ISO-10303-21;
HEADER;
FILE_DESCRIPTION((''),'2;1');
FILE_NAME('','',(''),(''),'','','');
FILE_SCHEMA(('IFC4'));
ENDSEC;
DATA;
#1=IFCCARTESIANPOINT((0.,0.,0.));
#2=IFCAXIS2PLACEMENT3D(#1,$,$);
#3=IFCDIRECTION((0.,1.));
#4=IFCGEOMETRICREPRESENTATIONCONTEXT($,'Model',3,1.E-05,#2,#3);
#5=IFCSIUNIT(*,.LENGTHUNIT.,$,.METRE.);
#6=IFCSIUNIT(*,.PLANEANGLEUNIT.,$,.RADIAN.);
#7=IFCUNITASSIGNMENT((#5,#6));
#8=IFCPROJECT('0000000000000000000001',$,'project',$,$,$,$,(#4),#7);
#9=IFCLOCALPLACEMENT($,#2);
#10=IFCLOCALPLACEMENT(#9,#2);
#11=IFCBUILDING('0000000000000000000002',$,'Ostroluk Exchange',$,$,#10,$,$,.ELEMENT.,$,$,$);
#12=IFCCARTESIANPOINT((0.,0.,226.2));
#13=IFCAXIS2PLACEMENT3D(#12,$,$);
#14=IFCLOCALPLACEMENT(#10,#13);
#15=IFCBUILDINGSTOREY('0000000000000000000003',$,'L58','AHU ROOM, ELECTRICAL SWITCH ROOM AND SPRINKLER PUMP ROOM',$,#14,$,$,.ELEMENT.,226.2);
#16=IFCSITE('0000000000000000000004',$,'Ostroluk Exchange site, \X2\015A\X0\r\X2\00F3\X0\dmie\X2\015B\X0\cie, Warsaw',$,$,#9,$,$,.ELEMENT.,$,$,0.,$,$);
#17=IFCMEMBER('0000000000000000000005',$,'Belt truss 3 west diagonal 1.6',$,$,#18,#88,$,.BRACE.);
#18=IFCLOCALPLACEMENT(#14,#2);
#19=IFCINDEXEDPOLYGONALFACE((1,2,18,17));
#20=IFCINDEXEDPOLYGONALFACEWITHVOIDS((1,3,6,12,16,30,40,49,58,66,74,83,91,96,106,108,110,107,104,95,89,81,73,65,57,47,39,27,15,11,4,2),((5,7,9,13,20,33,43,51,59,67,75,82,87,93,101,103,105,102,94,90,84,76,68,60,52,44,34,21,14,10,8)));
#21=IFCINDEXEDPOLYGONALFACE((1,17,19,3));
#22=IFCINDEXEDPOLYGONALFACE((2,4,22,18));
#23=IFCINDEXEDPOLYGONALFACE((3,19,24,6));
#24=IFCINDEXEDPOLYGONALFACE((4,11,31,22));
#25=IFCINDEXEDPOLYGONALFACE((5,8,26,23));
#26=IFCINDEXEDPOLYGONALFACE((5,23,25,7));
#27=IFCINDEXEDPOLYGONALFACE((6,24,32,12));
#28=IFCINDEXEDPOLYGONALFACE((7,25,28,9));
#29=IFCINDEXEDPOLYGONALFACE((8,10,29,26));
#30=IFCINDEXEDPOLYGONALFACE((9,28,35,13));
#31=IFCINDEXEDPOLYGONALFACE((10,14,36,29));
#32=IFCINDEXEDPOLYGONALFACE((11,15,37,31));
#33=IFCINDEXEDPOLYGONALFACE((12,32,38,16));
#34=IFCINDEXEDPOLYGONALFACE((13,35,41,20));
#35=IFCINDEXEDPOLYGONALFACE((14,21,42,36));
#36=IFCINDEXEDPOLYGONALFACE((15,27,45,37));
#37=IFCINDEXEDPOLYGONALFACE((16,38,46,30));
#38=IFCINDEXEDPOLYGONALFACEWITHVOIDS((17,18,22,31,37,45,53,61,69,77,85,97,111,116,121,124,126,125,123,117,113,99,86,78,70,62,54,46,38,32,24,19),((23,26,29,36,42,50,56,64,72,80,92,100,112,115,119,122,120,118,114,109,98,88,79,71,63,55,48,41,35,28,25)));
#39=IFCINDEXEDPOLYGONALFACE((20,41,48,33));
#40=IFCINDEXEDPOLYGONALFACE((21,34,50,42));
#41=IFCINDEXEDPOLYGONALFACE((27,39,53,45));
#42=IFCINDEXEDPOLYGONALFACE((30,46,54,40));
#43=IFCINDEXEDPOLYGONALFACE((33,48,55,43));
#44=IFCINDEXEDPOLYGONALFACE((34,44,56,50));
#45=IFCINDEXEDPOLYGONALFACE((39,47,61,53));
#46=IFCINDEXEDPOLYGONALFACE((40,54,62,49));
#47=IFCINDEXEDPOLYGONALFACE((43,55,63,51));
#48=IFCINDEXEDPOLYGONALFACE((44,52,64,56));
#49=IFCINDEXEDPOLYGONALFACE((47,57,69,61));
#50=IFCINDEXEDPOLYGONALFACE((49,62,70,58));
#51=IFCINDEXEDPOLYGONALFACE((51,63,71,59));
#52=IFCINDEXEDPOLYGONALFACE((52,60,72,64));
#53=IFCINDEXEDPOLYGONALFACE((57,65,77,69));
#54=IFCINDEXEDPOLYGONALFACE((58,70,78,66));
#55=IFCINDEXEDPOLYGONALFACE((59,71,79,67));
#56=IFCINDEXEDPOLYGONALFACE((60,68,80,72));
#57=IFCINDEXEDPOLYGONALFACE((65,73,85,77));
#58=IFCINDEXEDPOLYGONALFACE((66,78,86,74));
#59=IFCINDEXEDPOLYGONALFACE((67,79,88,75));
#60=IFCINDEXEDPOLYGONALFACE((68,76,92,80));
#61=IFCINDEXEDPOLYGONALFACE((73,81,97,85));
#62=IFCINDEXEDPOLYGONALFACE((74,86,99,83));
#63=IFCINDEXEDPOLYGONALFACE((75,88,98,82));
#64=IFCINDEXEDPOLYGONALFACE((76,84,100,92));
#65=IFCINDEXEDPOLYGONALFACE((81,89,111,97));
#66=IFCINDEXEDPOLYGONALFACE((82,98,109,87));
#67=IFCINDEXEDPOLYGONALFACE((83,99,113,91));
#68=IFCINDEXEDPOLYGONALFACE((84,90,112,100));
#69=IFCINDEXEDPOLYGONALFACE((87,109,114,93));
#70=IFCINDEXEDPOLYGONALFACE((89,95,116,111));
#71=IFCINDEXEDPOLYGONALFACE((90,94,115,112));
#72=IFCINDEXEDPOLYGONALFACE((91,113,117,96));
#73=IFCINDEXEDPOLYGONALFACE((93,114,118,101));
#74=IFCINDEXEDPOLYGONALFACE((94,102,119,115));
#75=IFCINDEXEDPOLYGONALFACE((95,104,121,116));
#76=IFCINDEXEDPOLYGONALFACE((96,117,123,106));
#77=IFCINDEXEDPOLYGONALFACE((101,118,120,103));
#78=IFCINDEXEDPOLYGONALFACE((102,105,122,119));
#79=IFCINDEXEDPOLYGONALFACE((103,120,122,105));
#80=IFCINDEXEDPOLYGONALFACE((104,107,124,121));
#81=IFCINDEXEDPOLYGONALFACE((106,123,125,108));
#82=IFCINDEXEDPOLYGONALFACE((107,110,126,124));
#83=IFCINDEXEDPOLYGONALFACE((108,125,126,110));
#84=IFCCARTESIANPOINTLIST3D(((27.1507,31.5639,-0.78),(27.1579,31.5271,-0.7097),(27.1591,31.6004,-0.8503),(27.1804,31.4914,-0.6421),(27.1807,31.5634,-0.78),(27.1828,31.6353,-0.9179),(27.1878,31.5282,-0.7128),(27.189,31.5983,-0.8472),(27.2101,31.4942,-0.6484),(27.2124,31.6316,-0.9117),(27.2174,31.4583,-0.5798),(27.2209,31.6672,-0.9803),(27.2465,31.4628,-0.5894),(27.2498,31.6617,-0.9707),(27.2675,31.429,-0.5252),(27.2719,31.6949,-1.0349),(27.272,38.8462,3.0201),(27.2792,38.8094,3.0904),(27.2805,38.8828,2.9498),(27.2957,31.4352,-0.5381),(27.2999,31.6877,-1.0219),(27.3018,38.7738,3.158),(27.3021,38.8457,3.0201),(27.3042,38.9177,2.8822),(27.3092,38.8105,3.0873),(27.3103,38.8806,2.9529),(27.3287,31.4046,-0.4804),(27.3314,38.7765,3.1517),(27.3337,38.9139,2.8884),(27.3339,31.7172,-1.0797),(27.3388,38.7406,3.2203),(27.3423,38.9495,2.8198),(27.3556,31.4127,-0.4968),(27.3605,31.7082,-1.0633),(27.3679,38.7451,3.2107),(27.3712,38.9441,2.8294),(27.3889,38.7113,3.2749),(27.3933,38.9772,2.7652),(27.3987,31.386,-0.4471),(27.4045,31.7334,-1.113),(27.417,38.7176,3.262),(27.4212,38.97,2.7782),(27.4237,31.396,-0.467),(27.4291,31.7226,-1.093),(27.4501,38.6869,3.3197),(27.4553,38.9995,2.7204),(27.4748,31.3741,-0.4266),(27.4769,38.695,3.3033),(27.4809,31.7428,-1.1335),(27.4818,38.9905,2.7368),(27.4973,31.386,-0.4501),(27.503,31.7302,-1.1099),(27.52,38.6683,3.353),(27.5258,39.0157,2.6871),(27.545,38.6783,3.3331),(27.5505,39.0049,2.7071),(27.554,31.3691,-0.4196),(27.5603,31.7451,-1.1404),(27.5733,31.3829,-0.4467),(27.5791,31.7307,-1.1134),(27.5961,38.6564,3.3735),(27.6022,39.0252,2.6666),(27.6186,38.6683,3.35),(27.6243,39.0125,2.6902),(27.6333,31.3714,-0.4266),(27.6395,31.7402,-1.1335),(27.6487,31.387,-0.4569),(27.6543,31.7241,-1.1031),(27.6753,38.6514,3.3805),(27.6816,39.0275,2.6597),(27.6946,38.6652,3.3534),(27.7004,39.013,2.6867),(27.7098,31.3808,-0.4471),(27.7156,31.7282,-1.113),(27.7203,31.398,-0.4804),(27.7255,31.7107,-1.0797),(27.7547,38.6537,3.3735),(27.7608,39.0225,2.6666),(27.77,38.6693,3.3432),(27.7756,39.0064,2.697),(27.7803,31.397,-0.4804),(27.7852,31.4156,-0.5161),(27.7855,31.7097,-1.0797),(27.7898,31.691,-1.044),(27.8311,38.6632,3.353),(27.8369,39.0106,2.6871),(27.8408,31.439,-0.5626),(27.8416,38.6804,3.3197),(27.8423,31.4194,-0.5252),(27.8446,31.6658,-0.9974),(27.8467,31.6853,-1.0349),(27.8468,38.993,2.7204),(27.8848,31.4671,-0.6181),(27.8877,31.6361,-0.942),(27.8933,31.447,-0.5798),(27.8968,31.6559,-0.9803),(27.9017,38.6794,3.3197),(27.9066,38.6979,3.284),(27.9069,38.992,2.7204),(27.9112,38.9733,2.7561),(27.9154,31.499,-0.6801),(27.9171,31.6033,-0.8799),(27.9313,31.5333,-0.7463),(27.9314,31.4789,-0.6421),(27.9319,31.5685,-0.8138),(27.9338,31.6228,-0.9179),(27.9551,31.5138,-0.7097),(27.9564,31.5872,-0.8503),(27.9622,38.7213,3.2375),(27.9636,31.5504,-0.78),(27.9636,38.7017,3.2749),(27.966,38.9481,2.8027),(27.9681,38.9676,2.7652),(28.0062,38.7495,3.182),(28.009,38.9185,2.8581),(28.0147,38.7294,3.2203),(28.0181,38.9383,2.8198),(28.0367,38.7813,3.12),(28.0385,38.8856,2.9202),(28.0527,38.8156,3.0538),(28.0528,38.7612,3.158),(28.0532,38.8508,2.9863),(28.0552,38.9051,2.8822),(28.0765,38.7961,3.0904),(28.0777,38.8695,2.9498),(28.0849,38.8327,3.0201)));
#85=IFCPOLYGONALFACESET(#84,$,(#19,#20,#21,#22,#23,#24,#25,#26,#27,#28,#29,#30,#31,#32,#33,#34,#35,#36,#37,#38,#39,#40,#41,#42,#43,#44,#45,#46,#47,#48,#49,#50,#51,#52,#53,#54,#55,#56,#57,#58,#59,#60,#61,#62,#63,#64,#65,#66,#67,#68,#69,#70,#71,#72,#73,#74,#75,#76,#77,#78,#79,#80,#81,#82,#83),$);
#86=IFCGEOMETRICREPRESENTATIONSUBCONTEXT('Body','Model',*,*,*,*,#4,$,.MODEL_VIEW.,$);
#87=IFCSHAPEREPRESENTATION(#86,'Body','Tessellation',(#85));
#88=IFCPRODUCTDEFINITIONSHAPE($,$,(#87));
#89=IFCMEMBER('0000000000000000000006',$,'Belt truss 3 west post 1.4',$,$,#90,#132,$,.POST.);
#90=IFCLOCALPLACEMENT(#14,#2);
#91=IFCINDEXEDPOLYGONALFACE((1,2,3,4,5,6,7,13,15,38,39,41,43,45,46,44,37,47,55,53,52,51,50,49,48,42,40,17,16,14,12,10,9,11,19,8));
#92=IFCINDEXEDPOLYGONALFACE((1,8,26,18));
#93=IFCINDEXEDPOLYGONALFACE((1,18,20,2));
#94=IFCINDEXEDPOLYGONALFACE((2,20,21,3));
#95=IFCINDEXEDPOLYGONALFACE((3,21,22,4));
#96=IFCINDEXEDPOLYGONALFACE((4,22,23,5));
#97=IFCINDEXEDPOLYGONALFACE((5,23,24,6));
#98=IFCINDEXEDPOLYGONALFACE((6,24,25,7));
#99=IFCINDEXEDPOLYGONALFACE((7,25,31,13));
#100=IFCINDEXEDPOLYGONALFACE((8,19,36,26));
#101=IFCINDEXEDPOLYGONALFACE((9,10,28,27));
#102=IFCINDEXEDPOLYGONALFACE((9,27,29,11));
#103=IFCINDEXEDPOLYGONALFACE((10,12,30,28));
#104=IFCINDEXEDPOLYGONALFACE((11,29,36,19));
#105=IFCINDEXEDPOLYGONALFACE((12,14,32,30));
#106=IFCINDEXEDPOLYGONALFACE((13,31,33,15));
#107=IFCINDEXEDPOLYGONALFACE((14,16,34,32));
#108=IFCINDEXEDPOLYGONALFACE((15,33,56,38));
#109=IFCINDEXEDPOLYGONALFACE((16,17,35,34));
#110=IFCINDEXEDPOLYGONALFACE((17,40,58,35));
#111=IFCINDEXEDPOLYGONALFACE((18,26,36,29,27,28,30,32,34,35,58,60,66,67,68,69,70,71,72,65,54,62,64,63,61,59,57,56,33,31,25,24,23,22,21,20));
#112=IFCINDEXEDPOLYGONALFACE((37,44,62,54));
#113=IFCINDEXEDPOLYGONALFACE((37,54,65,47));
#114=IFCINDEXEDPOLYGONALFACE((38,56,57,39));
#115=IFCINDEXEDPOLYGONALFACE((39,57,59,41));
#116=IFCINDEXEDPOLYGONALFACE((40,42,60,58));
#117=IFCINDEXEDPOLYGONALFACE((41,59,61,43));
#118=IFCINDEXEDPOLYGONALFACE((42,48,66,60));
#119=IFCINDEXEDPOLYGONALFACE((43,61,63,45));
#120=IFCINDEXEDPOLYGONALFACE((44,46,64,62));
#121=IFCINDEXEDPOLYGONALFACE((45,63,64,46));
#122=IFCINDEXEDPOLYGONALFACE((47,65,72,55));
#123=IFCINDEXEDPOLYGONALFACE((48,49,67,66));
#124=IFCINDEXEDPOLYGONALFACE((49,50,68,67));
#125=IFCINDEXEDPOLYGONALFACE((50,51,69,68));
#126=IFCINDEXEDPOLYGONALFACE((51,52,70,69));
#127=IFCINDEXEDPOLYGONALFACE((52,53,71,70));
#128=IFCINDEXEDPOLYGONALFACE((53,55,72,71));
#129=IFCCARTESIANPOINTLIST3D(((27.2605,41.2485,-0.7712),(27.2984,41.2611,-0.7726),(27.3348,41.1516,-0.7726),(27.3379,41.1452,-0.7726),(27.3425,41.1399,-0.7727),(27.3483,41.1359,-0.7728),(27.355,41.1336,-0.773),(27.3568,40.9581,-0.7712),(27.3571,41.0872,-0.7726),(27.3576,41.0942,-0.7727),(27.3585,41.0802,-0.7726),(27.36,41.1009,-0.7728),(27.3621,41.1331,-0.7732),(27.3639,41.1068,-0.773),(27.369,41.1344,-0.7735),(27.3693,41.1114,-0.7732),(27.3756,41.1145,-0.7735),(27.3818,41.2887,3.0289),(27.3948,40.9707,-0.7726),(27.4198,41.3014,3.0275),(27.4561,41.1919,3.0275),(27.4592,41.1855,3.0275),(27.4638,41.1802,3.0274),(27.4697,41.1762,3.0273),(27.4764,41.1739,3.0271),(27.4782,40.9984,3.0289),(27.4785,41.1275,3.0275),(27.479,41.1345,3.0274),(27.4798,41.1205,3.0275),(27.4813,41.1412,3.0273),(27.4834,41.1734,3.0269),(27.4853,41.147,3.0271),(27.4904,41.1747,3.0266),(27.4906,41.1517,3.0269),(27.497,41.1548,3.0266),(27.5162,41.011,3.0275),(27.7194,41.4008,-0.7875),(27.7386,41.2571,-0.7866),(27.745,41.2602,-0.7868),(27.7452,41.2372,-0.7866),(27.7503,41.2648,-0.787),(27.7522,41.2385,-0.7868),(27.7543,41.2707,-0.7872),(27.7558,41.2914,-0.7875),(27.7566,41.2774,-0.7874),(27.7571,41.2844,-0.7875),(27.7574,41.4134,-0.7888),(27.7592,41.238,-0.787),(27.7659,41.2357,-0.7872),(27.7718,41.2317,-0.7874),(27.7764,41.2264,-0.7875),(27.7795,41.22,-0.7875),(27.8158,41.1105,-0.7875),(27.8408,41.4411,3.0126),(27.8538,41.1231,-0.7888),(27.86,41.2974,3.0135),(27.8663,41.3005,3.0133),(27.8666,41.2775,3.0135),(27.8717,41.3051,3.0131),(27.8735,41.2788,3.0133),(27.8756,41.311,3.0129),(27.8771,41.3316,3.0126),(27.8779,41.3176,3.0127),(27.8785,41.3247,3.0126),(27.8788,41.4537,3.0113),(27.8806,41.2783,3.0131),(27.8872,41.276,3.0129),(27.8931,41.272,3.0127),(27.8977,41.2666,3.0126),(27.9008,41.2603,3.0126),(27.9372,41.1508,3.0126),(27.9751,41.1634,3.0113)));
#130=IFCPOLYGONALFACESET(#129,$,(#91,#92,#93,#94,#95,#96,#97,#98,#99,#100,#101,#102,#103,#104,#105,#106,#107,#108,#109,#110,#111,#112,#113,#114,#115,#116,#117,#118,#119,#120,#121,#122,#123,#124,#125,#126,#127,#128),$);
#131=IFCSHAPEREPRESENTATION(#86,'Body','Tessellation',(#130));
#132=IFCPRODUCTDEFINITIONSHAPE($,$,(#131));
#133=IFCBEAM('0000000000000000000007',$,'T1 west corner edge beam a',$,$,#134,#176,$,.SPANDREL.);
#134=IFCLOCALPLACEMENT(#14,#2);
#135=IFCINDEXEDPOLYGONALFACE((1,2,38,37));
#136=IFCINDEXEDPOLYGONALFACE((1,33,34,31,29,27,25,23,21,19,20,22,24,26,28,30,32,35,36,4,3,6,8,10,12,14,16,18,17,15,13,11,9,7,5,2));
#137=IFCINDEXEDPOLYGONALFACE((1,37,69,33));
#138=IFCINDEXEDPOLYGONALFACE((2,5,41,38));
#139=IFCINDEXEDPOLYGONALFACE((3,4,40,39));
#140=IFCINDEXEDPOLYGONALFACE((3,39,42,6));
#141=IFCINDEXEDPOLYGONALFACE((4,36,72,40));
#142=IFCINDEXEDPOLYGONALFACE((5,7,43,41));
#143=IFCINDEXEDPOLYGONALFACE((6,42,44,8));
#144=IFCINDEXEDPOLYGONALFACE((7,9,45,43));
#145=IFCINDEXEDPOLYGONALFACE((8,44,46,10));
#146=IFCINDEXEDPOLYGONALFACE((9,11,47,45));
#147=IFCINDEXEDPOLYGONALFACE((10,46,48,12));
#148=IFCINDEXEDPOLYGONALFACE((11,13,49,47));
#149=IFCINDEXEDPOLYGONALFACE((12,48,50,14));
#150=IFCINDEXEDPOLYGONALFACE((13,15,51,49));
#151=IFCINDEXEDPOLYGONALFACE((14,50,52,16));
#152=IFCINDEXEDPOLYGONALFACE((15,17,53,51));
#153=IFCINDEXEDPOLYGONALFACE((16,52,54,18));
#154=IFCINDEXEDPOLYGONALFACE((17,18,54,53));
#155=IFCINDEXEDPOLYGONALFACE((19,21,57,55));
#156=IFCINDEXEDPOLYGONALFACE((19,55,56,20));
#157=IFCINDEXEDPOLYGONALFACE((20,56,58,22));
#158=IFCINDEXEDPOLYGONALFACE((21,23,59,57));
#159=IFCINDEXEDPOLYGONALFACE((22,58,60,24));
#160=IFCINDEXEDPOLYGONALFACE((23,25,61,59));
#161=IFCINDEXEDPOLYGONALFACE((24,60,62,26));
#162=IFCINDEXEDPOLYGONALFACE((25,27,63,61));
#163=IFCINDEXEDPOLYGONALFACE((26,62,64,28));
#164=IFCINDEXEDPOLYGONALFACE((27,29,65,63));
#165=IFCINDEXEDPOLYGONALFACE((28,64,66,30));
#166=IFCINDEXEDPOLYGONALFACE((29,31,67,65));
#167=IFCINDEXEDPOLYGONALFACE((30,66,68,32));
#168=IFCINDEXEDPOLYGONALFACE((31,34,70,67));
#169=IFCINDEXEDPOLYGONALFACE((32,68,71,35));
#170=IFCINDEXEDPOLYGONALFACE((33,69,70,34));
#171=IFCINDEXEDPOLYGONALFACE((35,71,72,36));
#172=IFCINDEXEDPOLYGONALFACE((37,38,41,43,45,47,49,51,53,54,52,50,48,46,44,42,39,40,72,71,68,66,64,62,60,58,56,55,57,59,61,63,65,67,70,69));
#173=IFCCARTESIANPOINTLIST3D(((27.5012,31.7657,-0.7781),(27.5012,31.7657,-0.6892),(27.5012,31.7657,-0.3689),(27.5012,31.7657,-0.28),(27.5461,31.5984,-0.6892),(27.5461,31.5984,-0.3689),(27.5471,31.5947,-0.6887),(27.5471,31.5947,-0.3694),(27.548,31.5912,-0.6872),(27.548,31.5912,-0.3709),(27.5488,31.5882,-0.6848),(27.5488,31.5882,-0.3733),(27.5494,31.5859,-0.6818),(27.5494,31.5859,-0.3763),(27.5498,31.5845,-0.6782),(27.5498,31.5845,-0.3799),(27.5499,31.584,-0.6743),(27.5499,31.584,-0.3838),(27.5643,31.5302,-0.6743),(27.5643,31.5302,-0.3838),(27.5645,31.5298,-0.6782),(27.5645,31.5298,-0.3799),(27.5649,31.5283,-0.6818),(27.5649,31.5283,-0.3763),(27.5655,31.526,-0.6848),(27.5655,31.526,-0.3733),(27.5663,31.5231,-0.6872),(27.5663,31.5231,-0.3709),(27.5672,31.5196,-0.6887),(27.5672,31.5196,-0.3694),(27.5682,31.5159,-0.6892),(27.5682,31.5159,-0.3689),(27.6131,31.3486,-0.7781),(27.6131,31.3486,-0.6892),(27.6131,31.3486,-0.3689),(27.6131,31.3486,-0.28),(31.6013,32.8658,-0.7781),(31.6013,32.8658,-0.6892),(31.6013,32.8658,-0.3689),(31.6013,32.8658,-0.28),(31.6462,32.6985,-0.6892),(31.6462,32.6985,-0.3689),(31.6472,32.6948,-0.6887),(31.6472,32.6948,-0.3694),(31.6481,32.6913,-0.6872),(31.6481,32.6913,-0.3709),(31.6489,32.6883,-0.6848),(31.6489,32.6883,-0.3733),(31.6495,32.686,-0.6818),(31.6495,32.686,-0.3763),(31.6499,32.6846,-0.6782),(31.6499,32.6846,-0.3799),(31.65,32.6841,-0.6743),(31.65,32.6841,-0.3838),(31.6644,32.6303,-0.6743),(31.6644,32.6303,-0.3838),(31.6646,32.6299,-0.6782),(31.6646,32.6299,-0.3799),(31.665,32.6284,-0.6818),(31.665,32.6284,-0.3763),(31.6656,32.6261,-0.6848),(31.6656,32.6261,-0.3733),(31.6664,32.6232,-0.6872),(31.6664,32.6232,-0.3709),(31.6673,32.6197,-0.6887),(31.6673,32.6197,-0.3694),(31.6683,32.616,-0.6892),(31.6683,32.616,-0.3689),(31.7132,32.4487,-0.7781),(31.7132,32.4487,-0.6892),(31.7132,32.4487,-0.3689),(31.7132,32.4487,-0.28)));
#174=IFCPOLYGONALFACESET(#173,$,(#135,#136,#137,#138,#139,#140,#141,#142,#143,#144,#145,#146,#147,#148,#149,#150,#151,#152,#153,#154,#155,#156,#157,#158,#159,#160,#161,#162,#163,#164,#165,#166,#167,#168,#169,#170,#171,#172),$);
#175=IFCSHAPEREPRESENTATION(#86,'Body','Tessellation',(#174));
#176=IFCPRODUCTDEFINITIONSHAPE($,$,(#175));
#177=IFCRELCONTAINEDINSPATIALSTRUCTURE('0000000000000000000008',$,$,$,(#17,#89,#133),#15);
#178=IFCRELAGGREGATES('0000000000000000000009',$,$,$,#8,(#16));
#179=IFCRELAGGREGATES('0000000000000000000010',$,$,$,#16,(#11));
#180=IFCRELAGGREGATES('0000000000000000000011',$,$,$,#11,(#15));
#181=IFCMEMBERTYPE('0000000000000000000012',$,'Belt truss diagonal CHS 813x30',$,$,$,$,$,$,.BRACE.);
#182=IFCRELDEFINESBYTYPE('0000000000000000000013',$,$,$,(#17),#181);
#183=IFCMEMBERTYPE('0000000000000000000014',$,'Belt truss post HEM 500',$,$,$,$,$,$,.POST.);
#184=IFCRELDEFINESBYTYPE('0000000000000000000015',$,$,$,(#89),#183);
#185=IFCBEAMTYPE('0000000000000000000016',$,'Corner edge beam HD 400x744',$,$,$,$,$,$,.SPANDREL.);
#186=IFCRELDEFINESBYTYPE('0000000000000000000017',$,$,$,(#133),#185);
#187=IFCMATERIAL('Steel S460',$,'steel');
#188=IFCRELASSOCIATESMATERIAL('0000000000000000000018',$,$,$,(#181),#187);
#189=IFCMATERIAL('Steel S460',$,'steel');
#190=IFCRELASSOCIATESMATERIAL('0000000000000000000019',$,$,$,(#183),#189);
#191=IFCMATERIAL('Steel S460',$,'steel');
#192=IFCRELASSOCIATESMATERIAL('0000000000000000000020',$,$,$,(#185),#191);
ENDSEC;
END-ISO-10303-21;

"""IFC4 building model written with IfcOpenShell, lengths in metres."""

from ifc_helpers import new_model, si_unit, direction, frame, origin, origin_2d, place, context, subcontext, project, spatial, hollow_circle, i_section, extrude, material, material_profile, profile_set, type_object, element, save


model = new_model("IFC4")

# Units and contexts
model_context = context("Model", 3, precision=1e-05, world=origin(), true_north=direction((0.0, 1.0)))
body_context = subcontext(model_context, "Body", "Model", "MODEL_VIEW")
ifc_project = project(units=[si_unit("LENGTHUNIT", "METRE"), si_unit("PLANEANGLEUNIT", "RADIAN")], contexts=[model_context])

# Site, building, storey
site_placement = place(None, origin())
site = spatial("IfcSite", under=ifc_project, at=site_placement, Name="Ostroluk Exchange site, Śródmieście, Warsaw", CompositionType="ELEMENT", RefElevation=0.0)
building_placement = place(site_placement, origin())
building = spatial("IfcBuilding", under=site, at=building_placement, Name="Ostroluk Exchange", CompositionType="ELEMENT")
storey_placement = place(building_placement, frame((0.0, 0.0, 226.2)))
storey = spatial("IfcBuildingStorey", under=building, at=storey_placement, Name="L58", Description="AHU ROOM, ELECTRICAL SWITCH ROOM AND SPRINKLER PUMP ROOM", CompositionType="ELEMENT", Elevation=226.2)

# Members
ifc_material_1 = material(Name="Steel S460", Category="steel")
ifc_material_profile_1 = material_profile(ifc_material_1, hollow_circle(Radius=0.4065, WallThickness=0.03, at=origin_2d()), Name="CHS 813x30")
ifc_profile_set_1 = profile_set([ifc_material_profile_1], Name="Steel S460")
member_type_1 = type_object("IfcMemberType", Name="Belt truss diagonal CHS 813x30", PredefinedType="BRACE", material=ifc_profile_set_1)
member_1_placement = place(storey_placement, frame((27.5571, 31.5571, -0.78), z_axis=(0.01477, 0.886457, 0.462575), x_axis=(-0.999861, 0.01666, 0.0)))
element("IfcMember", 1, at=member_1_placement, inside=storey, type_object=member_type_1, Name="Belt truss 3 west diagonal 1.6", PredefinedType="BRACE", context=body_context, shape_type="SweptSolid", body=[
    extrude(hollow_circle(Radius=0.4065, WallThickness=0.03, at=origin_2d()), origin(), (0.0, 0.0, 1.0), 8.2151),
])
ifc_material_2 = material(Name="Steel S460", Category="steel")
ifc_material_profile_2 = material_profile(ifc_material_2, i_section(OverallWidth=0.3059, OverallDepth=0.5239, WebThickness=0.021, FlangeThickness=0.04, FilletRadius=0.0271, at=origin_2d()), Name="HEM 500")
ifc_profile_set_2 = profile_set([ifc_material_profile_2], Name="Steel S460")
member_type_2 = type_object("IfcMemberType", Name="Belt truss post HEM 500", PredefinedType="POST", material=ifc_profile_set_2)
member_2_placement = place(storey_placement, frame((27.5571, 41.1858, -0.78), z_axis=(0.031913, 0.010595, 0.999435), x_axis=(-0.315082, 0.949065, 0.0)))
element("IfcMember", 2, at=member_2_placement, inside=storey, type_object=member_type_2, Name="Belt truss 3 west post 1.4", PredefinedType="POST", context=body_context, shape_type="SweptSolid", body=[
    extrude(i_section(OverallWidth=0.3059, OverallDepth=0.5239, WebThickness=0.021, FlangeThickness=0.04, FilletRadius=0.0271, at=origin_2d()), origin(), (0.0, 0.0, 1.0), 3.8022),
])

# Beam
ifc_material_3 = material(Name="Steel S460", Category="steel")
ifc_material_profile_3 = material_profile(ifc_material_3, i_section(OverallWidth=0.4319, OverallDepth=0.498, WebThickness=0.0557, FlangeThickness=0.0889, FilletRadius=0.0149, at=origin_2d()), Name="HD 400x744")
ifc_profile_set_3 = profile_set([ifc_material_profile_3], Name="Steel S460")
beam_type_1 = type_object("IfcBeamType", Name="Corner edge beam HD 400x744", PredefinedType="SPANDREL", material=ifc_profile_set_3)
for number, where, z_axis, x_axis, name in (
    (3, (31.6572, 32.6572, -0.5291), (-0.965839, -0.259144, 0.0), (0.259144, -0.965839, 0.0), "T1 west corner edge beam a"),
):
    element("IfcBeam", number, at=place(storey_placement, frame(where, z_axis=z_axis, x_axis=x_axis)), inside=storey, type_object=beam_type_1, Name=name, PredefinedType="SPANDREL", context=body_context, shape_type="SweptSolid", body=[
        extrude(i_section(OverallWidth=0.4319, OverallDepth=0.498, WebThickness=0.0557, FlangeThickness=0.0889, FilletRadius=0.0149, at=origin_2d()), origin(), (0.0, 0.0, 1.0), 4.2451),
    ])

save(model, "model.ifc")
